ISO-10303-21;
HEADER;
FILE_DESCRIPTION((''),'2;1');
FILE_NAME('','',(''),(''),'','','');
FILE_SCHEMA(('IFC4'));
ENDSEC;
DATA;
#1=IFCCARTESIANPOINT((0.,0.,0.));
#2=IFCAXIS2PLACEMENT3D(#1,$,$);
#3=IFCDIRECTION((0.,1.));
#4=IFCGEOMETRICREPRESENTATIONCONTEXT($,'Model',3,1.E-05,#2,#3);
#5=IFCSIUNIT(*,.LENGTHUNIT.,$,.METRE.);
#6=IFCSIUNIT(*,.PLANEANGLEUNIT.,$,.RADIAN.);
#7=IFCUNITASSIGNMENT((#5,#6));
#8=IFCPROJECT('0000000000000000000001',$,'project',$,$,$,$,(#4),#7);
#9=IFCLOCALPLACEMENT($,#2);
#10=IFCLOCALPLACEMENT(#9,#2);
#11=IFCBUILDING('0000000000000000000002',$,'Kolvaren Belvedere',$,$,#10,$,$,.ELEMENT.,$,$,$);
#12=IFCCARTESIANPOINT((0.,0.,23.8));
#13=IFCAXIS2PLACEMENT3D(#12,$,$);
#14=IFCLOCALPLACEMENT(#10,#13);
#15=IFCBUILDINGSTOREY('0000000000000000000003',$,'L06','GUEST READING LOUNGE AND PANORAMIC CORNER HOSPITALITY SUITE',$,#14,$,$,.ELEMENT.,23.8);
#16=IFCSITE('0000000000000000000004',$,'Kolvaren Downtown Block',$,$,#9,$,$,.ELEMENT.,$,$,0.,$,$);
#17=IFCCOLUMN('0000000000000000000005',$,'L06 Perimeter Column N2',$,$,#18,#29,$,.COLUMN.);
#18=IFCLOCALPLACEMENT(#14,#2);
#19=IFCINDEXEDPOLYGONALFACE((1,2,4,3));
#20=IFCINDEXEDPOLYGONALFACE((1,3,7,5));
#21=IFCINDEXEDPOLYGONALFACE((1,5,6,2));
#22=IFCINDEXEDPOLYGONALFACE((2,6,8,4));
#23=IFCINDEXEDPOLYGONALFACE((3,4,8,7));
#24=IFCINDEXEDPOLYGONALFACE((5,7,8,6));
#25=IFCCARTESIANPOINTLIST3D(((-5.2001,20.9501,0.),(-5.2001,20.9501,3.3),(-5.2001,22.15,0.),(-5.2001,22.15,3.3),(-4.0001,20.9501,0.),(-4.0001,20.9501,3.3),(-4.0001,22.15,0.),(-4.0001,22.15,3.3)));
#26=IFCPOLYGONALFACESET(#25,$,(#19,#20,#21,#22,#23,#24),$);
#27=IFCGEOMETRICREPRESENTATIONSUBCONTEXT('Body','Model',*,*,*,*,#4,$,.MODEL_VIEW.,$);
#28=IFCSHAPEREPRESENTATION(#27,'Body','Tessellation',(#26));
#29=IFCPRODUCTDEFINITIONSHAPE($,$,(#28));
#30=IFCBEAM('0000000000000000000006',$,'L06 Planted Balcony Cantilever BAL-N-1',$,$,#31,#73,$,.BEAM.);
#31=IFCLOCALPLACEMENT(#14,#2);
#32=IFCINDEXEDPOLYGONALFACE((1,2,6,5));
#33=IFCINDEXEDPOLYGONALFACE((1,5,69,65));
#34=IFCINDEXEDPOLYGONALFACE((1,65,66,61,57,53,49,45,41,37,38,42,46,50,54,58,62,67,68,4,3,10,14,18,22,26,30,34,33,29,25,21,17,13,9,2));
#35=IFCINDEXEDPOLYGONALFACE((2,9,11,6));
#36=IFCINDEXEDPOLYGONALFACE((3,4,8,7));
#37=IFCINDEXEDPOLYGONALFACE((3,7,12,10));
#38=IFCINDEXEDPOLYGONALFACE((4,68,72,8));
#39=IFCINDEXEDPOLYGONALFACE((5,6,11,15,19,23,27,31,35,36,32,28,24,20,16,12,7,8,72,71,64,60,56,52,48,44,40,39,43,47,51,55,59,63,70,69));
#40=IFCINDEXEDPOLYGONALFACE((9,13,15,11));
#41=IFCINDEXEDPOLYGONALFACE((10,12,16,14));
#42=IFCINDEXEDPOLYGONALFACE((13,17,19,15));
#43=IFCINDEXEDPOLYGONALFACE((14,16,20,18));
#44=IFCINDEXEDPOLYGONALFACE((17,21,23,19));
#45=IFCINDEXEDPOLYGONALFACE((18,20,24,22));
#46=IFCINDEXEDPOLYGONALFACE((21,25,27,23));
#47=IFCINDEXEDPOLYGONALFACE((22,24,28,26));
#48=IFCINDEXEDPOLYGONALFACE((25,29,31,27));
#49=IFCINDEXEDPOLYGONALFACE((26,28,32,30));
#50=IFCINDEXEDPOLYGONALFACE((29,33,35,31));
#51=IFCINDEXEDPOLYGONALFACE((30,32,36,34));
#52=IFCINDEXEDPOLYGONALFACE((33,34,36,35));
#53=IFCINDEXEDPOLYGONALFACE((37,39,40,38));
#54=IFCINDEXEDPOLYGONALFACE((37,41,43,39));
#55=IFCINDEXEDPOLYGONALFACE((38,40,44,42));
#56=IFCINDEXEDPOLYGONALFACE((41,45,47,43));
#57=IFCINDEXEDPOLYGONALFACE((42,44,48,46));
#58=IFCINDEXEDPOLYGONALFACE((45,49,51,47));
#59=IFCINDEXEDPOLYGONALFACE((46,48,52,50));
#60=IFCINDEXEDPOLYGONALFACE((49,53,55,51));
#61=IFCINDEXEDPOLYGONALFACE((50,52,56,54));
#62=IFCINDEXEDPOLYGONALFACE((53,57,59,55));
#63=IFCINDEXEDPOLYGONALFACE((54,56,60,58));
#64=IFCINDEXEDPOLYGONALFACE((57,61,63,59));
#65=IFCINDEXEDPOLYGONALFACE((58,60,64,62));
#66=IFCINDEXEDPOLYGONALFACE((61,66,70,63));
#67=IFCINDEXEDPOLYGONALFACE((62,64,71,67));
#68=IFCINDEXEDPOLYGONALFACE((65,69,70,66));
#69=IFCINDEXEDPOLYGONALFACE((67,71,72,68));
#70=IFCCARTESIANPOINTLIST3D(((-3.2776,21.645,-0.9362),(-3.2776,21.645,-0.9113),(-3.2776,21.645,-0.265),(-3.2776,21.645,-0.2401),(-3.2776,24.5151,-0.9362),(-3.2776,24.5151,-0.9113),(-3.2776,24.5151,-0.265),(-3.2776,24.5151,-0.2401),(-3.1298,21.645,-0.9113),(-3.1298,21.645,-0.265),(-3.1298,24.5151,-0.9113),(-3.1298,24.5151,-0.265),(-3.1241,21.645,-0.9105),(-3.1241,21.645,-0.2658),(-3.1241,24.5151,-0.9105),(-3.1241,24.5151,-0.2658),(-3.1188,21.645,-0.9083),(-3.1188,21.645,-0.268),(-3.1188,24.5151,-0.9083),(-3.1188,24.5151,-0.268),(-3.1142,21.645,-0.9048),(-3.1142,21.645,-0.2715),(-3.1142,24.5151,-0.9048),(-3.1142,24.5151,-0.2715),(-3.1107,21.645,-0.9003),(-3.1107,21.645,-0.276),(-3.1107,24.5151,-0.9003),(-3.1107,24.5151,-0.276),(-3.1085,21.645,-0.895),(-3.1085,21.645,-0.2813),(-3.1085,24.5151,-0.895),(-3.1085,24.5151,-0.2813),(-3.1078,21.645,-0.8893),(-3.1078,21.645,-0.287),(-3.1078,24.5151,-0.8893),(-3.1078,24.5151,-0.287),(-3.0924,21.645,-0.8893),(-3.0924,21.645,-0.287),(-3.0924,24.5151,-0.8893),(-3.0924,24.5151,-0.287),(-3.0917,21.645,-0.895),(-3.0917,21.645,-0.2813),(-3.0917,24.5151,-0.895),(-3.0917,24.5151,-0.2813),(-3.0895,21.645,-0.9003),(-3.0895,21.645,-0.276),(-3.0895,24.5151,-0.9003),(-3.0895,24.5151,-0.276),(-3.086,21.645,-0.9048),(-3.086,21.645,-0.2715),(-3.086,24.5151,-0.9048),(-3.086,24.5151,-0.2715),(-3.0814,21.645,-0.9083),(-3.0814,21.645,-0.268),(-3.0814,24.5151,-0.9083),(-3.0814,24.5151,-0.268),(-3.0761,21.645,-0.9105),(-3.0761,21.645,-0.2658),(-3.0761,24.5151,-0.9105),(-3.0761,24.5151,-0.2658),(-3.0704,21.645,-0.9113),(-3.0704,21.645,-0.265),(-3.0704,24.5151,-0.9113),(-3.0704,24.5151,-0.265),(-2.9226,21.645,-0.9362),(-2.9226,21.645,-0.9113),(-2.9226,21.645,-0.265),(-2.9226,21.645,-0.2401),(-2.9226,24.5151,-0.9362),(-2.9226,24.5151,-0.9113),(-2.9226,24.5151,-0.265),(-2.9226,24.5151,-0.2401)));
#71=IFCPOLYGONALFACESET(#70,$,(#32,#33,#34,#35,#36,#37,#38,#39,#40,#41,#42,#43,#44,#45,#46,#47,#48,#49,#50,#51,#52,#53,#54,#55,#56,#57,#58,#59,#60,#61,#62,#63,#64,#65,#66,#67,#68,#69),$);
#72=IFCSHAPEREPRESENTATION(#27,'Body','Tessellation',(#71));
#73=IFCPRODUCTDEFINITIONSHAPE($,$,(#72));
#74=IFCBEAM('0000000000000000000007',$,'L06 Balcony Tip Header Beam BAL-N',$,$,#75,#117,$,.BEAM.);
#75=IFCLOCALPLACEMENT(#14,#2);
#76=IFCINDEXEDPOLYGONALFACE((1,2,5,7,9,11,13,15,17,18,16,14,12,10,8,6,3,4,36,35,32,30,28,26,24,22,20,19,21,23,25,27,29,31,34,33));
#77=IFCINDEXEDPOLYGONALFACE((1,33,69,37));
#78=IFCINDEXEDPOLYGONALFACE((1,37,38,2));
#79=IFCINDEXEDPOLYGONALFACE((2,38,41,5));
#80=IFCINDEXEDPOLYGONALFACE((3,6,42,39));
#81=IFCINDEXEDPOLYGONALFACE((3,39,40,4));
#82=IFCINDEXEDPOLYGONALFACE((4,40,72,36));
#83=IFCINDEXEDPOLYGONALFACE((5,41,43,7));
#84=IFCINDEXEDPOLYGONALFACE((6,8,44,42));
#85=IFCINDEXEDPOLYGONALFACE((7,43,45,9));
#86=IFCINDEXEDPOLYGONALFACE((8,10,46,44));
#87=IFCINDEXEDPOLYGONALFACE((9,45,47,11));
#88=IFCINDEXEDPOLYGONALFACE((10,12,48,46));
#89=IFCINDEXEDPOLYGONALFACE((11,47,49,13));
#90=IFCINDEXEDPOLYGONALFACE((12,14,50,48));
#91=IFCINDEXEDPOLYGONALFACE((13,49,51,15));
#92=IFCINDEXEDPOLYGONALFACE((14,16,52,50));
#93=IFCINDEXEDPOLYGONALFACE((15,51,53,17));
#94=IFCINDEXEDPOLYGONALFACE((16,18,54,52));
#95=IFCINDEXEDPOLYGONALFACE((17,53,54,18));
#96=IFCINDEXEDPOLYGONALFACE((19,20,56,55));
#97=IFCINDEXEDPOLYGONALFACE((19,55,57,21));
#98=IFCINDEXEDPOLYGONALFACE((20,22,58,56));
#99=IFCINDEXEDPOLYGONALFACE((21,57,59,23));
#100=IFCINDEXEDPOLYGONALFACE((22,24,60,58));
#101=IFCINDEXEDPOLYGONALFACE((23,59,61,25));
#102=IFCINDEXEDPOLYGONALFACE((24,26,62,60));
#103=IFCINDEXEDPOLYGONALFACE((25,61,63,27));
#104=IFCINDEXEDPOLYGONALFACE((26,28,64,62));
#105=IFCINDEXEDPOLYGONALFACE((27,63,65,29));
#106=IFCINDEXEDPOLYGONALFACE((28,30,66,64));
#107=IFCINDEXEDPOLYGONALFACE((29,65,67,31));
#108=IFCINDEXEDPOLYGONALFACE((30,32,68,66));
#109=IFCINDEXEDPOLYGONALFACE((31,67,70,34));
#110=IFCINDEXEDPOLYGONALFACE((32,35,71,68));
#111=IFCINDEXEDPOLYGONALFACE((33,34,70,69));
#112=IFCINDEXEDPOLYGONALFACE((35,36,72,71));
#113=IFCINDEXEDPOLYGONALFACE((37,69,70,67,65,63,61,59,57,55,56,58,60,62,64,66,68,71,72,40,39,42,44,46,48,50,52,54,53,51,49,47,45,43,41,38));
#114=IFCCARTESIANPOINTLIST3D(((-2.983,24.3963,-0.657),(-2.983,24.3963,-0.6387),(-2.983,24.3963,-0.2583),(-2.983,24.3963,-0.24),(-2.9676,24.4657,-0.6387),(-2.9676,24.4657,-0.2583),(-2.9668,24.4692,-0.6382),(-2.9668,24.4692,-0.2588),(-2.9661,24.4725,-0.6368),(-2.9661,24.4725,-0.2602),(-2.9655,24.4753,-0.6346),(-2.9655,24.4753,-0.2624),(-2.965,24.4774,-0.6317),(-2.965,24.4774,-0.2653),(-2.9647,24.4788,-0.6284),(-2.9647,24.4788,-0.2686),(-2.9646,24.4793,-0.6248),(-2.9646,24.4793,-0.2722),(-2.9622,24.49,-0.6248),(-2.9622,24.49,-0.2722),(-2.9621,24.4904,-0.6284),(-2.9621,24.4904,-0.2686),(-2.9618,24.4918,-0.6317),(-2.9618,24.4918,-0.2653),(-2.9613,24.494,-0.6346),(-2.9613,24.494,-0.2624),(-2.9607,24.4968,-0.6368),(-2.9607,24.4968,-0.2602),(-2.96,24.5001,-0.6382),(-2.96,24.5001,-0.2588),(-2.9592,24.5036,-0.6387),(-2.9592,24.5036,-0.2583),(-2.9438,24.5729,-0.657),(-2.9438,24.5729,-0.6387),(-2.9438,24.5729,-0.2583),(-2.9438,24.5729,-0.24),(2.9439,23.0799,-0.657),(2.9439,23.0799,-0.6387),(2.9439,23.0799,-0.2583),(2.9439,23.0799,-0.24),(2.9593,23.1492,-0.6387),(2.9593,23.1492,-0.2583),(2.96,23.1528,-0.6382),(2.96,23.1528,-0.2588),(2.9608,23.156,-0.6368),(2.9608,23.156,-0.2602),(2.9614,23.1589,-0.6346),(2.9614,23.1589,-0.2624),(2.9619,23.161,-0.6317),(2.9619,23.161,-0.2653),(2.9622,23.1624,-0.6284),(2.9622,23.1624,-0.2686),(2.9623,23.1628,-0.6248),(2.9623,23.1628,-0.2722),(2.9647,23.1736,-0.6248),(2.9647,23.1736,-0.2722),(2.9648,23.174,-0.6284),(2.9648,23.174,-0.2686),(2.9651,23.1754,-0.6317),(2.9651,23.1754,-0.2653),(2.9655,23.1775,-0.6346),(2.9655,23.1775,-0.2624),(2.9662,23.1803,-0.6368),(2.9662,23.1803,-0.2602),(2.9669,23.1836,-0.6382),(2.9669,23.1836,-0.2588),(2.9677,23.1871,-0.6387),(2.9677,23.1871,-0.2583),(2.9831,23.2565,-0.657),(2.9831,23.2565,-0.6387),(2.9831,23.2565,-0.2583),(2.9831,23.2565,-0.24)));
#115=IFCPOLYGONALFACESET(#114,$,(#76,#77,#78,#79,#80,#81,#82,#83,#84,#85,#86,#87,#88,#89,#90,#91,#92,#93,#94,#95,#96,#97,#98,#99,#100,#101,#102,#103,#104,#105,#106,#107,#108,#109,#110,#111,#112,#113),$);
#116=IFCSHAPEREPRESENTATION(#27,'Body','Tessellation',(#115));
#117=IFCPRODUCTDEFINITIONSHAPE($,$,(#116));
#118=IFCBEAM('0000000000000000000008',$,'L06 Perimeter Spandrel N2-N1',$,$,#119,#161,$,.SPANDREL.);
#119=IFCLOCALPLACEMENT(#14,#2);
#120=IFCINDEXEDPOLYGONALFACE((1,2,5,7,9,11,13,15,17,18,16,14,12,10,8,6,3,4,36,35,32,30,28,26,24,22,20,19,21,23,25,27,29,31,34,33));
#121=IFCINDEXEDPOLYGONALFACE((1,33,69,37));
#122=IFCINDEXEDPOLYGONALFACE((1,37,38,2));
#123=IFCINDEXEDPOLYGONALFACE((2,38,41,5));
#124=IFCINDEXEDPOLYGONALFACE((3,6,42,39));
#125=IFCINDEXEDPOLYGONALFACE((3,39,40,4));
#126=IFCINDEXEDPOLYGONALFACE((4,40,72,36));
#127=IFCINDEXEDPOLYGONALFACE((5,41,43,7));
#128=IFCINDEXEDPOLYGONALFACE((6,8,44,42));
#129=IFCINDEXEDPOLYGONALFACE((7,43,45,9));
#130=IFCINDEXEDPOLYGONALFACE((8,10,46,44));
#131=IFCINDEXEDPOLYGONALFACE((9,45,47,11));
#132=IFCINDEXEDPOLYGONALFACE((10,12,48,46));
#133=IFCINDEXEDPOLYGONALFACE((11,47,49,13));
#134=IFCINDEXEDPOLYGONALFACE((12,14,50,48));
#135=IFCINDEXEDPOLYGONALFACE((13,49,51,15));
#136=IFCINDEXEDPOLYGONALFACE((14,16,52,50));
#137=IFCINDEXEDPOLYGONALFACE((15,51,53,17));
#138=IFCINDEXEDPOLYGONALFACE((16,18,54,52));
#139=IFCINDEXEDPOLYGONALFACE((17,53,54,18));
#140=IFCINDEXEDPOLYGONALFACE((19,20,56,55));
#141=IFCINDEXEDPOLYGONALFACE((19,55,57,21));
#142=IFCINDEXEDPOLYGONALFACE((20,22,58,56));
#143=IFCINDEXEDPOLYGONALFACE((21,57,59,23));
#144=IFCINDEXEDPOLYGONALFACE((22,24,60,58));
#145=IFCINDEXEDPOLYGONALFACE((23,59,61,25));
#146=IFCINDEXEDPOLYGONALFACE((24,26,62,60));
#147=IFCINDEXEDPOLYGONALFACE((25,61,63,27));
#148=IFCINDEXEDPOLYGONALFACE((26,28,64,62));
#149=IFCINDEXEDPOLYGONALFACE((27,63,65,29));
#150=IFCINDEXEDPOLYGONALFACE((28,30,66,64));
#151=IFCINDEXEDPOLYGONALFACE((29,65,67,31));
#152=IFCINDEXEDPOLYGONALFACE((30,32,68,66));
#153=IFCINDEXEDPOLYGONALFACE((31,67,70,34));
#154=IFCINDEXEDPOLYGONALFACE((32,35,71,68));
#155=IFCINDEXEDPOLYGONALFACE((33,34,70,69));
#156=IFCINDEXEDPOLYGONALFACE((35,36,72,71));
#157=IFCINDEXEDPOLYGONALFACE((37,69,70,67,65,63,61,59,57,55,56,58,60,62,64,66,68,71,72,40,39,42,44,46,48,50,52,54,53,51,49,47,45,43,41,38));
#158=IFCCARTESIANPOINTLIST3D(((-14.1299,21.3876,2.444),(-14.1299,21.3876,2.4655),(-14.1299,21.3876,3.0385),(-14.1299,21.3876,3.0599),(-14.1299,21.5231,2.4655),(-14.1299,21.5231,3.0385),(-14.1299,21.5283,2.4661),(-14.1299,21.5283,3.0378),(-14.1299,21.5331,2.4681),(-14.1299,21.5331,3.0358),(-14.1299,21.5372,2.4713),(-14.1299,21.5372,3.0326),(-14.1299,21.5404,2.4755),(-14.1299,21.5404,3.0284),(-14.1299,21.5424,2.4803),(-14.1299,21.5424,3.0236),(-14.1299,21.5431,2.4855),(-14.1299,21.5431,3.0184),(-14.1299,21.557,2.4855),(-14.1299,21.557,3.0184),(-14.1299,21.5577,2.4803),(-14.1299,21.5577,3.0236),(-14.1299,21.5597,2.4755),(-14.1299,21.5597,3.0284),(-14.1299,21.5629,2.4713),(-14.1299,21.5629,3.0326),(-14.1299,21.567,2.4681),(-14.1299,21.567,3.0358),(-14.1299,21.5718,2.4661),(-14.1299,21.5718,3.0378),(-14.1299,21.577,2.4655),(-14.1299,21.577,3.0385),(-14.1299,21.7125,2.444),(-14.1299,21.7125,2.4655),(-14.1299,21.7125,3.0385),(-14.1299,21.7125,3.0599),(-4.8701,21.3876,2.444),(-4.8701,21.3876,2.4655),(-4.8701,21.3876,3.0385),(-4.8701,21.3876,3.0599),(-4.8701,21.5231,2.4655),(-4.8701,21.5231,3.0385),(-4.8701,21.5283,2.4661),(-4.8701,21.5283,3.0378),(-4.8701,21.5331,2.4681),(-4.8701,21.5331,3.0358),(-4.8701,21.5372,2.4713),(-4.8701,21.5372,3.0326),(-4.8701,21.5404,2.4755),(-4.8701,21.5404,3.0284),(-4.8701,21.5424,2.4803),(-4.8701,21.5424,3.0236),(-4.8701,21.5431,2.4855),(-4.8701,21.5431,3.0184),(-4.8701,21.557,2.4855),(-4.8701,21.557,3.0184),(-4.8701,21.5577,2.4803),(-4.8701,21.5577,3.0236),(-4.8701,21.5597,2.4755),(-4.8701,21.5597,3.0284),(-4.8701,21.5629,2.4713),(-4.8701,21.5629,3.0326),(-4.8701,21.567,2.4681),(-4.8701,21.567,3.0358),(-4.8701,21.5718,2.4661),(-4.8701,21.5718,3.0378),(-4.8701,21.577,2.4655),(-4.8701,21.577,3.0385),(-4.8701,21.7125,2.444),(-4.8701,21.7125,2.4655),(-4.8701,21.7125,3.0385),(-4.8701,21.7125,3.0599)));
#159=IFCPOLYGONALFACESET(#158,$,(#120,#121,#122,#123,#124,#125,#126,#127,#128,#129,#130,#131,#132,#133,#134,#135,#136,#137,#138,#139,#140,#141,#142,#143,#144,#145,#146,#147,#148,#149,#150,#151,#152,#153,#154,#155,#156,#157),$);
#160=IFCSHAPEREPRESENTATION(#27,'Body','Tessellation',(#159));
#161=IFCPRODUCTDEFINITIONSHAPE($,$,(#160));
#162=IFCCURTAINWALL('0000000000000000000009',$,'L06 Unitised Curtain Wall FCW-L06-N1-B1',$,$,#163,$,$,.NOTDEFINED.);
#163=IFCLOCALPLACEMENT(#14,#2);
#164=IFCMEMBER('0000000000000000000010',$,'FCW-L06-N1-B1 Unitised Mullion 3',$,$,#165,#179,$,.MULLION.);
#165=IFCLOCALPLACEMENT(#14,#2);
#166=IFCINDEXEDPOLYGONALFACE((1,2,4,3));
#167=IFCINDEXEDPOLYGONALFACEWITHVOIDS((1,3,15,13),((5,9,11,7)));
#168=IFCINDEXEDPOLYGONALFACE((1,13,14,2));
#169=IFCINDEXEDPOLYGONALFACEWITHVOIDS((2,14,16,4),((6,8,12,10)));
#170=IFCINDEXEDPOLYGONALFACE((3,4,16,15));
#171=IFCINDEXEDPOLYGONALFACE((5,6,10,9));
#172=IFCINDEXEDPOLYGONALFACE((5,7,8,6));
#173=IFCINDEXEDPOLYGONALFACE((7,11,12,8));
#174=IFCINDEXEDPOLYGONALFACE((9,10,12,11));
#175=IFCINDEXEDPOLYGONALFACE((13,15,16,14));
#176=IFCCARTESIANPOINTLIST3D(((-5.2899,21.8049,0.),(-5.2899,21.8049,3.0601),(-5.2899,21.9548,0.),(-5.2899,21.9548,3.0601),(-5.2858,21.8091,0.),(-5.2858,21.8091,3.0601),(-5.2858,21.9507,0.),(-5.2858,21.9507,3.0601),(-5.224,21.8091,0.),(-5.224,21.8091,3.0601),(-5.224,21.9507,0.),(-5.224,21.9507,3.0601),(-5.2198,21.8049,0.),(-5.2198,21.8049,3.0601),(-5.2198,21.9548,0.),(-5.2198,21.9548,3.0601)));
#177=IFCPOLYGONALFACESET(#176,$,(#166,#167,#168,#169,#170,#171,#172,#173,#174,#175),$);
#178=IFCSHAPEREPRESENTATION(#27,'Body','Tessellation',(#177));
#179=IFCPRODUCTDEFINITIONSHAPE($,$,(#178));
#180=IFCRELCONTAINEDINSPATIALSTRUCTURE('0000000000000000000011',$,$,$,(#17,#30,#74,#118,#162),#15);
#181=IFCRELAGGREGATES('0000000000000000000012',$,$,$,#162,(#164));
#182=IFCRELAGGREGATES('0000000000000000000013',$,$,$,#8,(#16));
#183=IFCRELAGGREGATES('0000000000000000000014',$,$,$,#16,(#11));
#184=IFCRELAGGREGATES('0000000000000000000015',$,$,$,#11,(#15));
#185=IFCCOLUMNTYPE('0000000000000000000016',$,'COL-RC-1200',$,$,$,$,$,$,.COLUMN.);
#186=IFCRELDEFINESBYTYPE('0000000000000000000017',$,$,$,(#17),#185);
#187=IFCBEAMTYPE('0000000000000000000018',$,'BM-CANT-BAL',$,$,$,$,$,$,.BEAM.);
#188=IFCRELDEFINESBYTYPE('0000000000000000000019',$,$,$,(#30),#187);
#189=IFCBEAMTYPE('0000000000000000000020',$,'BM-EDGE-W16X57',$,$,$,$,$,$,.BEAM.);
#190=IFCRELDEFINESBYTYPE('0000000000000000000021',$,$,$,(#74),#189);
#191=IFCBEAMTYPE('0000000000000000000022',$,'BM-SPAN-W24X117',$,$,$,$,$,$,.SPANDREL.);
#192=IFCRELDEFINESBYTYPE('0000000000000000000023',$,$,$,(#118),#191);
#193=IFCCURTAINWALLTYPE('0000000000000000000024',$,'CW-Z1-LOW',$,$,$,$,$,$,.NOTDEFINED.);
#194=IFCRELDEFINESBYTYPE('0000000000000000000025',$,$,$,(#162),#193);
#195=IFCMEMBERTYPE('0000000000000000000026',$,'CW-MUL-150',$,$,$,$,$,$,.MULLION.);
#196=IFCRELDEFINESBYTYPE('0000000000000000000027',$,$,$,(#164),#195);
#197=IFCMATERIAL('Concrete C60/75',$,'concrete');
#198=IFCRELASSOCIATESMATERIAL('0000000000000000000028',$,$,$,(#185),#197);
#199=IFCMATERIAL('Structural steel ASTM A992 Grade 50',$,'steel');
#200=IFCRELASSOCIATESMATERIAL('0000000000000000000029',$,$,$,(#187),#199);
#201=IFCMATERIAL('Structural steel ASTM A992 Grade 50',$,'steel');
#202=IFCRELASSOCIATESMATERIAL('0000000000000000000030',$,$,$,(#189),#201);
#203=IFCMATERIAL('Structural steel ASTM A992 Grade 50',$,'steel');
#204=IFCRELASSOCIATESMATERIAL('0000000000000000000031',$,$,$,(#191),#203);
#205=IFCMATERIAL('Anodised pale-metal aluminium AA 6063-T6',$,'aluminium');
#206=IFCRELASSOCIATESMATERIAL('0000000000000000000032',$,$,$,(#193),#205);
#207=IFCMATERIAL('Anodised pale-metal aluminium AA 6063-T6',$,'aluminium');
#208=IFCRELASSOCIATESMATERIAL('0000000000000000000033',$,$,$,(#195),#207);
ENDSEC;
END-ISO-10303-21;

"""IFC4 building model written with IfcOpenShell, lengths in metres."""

from ifc_helpers import new_model, si_unit, direction, frame, origin, origin_2d, place, context, subcontext, project, spatial, rectangle, hollow_rectangle, i_section, extrude, material, material_profile, profile_set, type_object, element, aggregate, save


model = new_model("IFC4")

# Units and contexts
model_context = context("Model", 3, precision=1e-05, world=origin(), true_north=direction((0.0, 1.0)))
body_context = subcontext(model_context, "Body", "Model", "MODEL_VIEW")
ifc_project = project(units=[si_unit("LENGTHUNIT", "METRE"), si_unit("PLANEANGLEUNIT", "RADIAN")], contexts=[model_context])

# Site, building, storey
site_placement = place(None, origin())
site = spatial("IfcSite", under=ifc_project, at=site_placement, Name="Kolvaren Downtown Block", CompositionType="ELEMENT", RefElevation=0.0)
building_placement = place(site_placement, origin())
building = spatial("IfcBuilding", under=site, at=building_placement, Name="Kolvaren Belvedere", CompositionType="ELEMENT")
storey_placement = place(building_placement, frame((0.0, 0.0, 23.8)))
storey = spatial("IfcBuildingStorey", under=building, at=storey_placement, Name="L06", Description="GUEST READING LOUNGE AND PANORAMIC CORNER HOSPITALITY SUITE", CompositionType="ELEMENT", Elevation=23.8)

# Column
ifc_material_1 = material(Name="Concrete C60/75", Category="concrete")
ifc_material_profile_1 = material_profile(ifc_material_1, rectangle(XDim=1.2, YDim=1.2, at=origin_2d()), Name="RC 1200X1200")
ifc_profile_set_1 = profile_set([ifc_material_profile_1], Name="Concrete C60/75")
column_type = type_object("IfcColumnType", Name="COL-RC-1200", PredefinedType="COLUMN", material=ifc_profile_set_1)
column_placement = place(storey_placement, frame((-4.6001, 21.55, 0.0), z_axis=(0.0, 0.0, 1.0), x_axis=(1.0, 0.0, 0.0)))
element("IfcColumn", 1, at=column_placement, inside=storey, type_object=column_type, Name="L06 Perimeter Column N2", PredefinedType="COLUMN", context=body_context, shape_type="SweptSolid", body=[
    extrude(rectangle(XDim=1.2, YDim=1.2, at=origin_2d()), origin(), (0.0, 0.0, 1.0), 3.3),
])

# Beams
ifc_material_2 = material(Name="Structural steel ASTM A992 Grade 50", Category="steel")
ifc_material_profile_2 = material_profile(ifc_material_2, i_section(OverallWidth=0.355, OverallDepth=0.696, WebThickness=0.0154, FlangeThickness=0.0249, FilletRadius=0.022, at=origin_2d()), Name="W27X146")
ifc_profile_set_2 = profile_set([ifc_material_profile_2], Name="Structural steel ASTM A992 Grade 50")
beam_type_1 = type_object("IfcBeamType", Name="BM-CANT-BAL", PredefinedType="BEAM", material=ifc_profile_set_2)
beam_1_placement = place(storey_placement, frame((-3.1001, 21.645, -0.5881), z_axis=(0.0, 1.0, 0.0), x_axis=(-1.0, 0.0, 0.0)))
element("IfcBeam", 2, at=beam_1_placement, inside=storey, type_object=beam_type_1, Name="L06 Planted Balcony Cantilever BAL-N-1", PredefinedType="BEAM", context=body_context, shape_type="SweptSolid", body=[
    extrude(i_section(OverallWidth=0.355, OverallDepth=0.696, WebThickness=0.0154, FlangeThickness=0.0249, FilletRadius=0.022, at=origin_2d()), origin(), (0.0, 0.0, 1.0), 2.8701),
])
ifc_material_3 = material(Name="Structural steel ASTM A992 Grade 50", Category="steel")
ifc_material_profile_3 = material_profile(ifc_material_3, i_section(OverallWidth=0.1809, OverallDepth=0.417, WebThickness=0.011, FlangeThickness=0.0183, FilletRadius=0.0139, at=origin_2d()), Name="W16X57")
ifc_profile_set_3 = profile_set([ifc_material_profile_3], Name="Structural steel ASTM A992 Grade 50")
beam_type_2 = type_object("IfcBeamType", Name="BM-EDGE-W16X57", PredefinedType="BEAM", material=ifc_profile_set_3)
beam_2_placement = place(storey_placement, frame((-2.9634, 24.4846, -0.4485), z_axis=(0.97621, -0.216828, 0.0), x_axis=(0.216828, 0.97621, 0.0)))
element("IfcBeam", 3, at=beam_2_placement, inside=storey, type_object=beam_type_2, Name="L06 Balcony Tip Header Beam BAL-N", PredefinedType="BEAM", context=body_context, shape_type="SweptSolid", body=[
    extrude(i_section(OverallWidth=0.1809, OverallDepth=0.417, WebThickness=0.011, FlangeThickness=0.0183, FilletRadius=0.0139, at=origin_2d()), origin(), (0.0, 0.0, 1.0), 6.0713),
])
ifc_material_4 = material(Name="Structural steel ASTM A992 Grade 50", Category="steel")
ifc_material_profile_4 = material_profile(ifc_material_4, i_section(OverallWidth=0.325, OverallDepth=0.616, WebThickness=0.0139, FlangeThickness=0.0215, FilletRadius=0.02, at=origin_2d()), Name="W24X117")
ifc_profile_set_4 = profile_set([ifc_material_profile_4], Name="Structural steel ASTM A992 Grade 50")
beam_type_3 = type_object("IfcBeamType", Name="BM-SPAN-W24X117", PredefinedType="SPANDREL", material=ifc_profile_set_4)
beam_3_placement = place(storey_placement, frame((-4.8701, 21.55, 2.752), z_axis=(-1.0, 0.0, 0.0), x_axis=(0.0, -1.0, 0.0)))
element("IfcBeam", 4, at=beam_3_placement, inside=storey, type_object=beam_type_3, Name="L06 Perimeter Spandrel N2-N1", PredefinedType="SPANDREL", context=body_context, shape_type="SweptSolid", body=[
    extrude(i_section(OverallWidth=0.325, OverallDepth=0.616, WebThickness=0.0139, FlangeThickness=0.0215, FilletRadius=0.02, at=origin_2d()), origin(), (0.0, 0.0, 1.0), 9.2598),
])

# Curtain wall, member
ifc_material_5 = material(Name="Anodised pale-metal aluminium AA 6063-T6", Category="aluminium")
curtain_wall_type = type_object("IfcCurtainWallType", Name="CW-Z1-LOW", PredefinedType="NOTDEFINED", material=ifc_material_5)
curtain_wall_1_placement = place(storey_placement, origin())
curtain_wall_1 = element("IfcCurtainWall", 5, at=curtain_wall_1_placement, inside=storey, type_object=curtain_wall_type, Name="L06 Unitised Curtain Wall FCW-L06-N1-B1", PredefinedType="NOTDEFINED")
ifc_material_6 = material(Name="Anodised pale-metal aluminium AA 6063-T6", Category="aluminium")
ifc_material_profile_5 = material_profile(ifc_material_6, hollow_rectangle(XDim=0.0701, YDim=0.1499, WallThickness=0.0042, at=origin_2d()), Name="ALU-MUL-150X70")
ifc_profile_set_5 = profile_set([ifc_material_profile_5], Name="Anodised pale-metal aluminium AA 6063-T6")
member_type_1 = type_object("IfcMemberType", Name="CW-MUL-150", PredefinedType="MULLION", material=ifc_profile_set_5)
member_1_placement = place(storey_placement, frame((-5.2549, 21.8799, 0.0), z_axis=(0.0, 0.0, 1.0), x_axis=(1.0, 0.0, 0.0)))
member_1 = element("IfcMember", 6, at=member_1_placement, type_object=member_type_1, Name="FCW-L06-N1-B1 Unitised Mullion 3", PredefinedType="MULLION", context=body_context, shape_type="SweptSolid", body=[
    extrude(hollow_rectangle(XDim=0.0701, YDim=0.1499, WallThickness=0.0042, at=origin_2d()), origin(), (0.0, 0.0, 1.0), 3.0601),
])
aggregate(curtain_wall_1, [member_1])

save(model, "model.ifc")
